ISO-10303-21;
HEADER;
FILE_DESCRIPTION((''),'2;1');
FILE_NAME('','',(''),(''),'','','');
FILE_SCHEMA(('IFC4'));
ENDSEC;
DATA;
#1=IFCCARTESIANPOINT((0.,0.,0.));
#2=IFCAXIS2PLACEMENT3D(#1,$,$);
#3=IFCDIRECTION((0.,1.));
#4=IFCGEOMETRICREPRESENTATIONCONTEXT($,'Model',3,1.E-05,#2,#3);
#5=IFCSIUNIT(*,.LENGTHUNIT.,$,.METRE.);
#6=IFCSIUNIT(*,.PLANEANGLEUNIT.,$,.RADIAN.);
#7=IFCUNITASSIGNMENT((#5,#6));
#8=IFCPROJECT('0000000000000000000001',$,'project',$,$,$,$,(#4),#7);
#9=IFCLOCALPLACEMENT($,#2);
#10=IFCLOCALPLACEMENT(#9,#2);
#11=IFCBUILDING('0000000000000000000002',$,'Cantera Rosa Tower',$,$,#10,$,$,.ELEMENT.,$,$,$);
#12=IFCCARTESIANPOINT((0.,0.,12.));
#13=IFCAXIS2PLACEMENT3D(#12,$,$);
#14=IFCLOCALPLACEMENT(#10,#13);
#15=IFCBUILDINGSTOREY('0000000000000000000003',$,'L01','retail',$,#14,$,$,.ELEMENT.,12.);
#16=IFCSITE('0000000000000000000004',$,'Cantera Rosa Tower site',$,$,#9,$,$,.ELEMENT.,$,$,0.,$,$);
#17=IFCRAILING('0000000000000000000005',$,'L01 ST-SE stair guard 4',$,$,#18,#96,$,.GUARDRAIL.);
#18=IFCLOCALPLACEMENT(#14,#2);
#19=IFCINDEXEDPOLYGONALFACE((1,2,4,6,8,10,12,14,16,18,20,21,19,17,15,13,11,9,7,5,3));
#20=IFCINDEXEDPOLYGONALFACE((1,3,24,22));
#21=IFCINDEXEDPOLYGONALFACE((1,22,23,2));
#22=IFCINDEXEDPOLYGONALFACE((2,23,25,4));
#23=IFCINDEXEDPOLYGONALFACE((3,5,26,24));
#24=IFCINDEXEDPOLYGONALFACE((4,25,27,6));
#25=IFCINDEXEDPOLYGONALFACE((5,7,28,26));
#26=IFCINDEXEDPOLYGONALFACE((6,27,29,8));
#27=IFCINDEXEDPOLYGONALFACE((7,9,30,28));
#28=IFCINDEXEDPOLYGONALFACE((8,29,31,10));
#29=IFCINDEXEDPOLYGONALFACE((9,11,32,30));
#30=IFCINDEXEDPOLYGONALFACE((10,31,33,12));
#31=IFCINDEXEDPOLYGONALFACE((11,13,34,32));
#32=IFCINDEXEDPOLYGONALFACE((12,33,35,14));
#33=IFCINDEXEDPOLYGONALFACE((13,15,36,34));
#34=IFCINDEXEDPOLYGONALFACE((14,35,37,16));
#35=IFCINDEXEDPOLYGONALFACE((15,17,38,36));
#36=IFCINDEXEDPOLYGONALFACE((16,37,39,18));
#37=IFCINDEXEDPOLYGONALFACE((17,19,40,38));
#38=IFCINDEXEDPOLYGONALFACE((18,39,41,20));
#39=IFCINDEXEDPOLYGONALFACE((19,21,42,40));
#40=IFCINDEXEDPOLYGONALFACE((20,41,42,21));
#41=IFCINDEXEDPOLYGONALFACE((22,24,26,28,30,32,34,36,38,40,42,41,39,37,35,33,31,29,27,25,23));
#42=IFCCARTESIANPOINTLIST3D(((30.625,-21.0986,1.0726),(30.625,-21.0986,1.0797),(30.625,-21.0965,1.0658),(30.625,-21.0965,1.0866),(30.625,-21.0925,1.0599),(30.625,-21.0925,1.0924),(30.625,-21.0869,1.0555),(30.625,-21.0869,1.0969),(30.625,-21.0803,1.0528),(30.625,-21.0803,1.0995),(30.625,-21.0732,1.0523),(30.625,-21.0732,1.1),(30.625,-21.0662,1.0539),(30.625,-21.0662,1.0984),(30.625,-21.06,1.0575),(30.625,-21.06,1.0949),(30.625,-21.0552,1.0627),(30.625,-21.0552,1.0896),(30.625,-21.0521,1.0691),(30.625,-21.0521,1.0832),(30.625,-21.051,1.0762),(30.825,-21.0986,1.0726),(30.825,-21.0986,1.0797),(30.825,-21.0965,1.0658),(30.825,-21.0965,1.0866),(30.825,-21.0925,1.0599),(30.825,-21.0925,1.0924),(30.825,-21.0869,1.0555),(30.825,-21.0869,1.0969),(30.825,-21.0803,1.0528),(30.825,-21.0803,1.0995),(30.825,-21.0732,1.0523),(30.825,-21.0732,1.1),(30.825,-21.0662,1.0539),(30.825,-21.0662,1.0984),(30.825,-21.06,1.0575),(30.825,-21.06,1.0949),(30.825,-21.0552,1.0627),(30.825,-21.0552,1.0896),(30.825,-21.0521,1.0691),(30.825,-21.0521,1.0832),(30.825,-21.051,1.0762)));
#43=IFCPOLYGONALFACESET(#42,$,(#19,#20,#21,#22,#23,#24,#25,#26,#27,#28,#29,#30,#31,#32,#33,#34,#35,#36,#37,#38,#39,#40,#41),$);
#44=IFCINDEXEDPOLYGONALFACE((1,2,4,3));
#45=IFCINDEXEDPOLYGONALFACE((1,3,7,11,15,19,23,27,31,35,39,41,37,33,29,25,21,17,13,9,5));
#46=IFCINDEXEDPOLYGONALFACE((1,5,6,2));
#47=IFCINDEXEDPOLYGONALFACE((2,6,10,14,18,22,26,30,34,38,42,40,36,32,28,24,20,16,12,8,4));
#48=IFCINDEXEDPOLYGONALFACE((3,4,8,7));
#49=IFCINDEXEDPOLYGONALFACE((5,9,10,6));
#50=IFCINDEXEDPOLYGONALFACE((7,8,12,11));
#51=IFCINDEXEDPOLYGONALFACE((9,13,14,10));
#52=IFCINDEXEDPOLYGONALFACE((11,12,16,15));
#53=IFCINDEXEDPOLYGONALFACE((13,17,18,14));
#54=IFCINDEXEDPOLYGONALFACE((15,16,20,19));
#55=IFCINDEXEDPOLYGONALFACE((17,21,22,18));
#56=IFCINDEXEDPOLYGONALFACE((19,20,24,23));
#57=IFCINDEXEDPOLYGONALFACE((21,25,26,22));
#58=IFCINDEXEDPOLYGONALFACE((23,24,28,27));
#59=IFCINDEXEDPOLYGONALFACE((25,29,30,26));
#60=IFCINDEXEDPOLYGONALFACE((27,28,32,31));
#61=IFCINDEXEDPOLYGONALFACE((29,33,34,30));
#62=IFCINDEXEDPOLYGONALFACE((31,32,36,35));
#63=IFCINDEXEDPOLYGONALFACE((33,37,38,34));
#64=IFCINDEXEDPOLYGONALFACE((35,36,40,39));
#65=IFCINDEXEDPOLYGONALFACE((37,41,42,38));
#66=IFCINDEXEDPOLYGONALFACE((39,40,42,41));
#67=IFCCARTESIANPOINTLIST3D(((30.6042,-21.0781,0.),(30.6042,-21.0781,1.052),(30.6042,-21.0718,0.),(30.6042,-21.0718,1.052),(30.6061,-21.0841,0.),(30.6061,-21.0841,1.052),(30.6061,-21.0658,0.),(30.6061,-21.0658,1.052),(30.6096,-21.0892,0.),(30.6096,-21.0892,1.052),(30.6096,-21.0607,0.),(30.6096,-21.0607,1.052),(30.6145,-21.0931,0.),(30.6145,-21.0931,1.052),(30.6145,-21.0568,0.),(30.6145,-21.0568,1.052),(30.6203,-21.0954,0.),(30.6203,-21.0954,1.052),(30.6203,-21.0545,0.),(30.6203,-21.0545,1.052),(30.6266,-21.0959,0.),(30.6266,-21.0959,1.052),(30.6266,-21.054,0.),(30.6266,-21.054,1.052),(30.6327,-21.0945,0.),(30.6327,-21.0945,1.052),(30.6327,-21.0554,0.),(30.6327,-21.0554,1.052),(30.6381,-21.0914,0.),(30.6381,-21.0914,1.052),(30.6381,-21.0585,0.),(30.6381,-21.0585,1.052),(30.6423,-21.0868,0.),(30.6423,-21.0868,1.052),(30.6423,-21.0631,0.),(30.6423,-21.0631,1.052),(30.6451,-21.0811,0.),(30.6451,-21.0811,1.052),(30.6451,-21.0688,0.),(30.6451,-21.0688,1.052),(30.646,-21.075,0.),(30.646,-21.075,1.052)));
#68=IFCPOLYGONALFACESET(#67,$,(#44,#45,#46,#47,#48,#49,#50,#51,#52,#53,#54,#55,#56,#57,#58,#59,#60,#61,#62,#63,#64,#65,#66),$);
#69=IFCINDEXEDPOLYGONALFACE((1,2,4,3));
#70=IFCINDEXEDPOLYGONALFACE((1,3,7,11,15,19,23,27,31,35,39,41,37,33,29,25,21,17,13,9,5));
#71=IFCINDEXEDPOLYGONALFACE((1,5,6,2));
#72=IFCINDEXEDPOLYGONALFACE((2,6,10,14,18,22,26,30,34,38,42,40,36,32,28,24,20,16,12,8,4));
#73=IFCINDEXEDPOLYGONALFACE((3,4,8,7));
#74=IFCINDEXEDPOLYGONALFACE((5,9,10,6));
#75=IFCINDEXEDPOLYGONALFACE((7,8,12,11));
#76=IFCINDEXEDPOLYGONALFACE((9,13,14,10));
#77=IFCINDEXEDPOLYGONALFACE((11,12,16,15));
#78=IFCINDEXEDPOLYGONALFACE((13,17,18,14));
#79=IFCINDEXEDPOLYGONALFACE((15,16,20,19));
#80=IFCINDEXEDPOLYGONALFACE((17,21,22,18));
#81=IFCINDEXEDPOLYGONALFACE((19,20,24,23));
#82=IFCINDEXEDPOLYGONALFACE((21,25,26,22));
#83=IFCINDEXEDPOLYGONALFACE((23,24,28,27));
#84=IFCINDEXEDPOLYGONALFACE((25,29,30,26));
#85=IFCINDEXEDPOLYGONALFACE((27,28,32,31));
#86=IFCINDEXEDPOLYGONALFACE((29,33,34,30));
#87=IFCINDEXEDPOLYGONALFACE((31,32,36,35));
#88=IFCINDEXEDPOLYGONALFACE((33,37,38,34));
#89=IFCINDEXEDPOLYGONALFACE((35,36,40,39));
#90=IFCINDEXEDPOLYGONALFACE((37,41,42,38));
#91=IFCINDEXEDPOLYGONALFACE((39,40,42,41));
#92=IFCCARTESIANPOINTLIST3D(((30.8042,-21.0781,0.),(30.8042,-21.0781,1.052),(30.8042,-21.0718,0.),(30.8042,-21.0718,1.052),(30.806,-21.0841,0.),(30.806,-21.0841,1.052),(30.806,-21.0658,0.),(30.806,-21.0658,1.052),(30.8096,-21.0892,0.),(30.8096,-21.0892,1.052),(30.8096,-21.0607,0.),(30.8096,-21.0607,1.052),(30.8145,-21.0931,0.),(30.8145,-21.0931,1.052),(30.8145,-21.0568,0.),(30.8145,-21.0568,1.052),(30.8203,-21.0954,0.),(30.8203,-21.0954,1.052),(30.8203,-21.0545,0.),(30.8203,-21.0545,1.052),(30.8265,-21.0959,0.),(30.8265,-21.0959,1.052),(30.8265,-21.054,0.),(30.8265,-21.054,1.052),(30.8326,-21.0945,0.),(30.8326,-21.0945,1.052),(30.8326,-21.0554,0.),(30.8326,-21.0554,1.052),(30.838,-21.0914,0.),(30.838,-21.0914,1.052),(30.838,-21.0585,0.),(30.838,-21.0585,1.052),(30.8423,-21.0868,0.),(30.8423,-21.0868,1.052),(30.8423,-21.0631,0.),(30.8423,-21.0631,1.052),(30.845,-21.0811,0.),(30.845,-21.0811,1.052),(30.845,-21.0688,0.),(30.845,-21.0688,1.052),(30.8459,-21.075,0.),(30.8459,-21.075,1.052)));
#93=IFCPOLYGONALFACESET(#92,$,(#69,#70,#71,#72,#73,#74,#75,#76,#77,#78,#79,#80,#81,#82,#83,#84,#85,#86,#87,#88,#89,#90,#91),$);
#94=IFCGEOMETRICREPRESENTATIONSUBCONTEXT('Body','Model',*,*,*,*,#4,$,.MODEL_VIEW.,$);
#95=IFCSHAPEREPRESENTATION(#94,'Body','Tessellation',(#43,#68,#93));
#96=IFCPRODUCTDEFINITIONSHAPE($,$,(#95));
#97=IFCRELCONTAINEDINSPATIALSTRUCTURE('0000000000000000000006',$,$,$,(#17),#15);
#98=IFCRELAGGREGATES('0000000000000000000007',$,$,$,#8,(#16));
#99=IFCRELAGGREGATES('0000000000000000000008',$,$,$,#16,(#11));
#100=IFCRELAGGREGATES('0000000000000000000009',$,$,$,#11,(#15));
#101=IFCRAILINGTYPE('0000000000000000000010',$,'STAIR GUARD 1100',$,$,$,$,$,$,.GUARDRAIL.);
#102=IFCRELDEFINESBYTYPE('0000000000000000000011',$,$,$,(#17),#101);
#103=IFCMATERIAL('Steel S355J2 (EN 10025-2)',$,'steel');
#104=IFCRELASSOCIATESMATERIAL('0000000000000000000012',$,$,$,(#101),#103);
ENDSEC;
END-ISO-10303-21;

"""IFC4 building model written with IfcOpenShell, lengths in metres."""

from ifc_helpers import new_model, si_unit, direction, frame, origin, origin_2d, place, context, subcontext, project, spatial, circle, extrude, material, type_object, element, save


model = new_model("IFC4")

# Units and contexts
model_context = context("Model", 3, precision=1e-05, world=origin(), true_north=direction((0.0, 1.0)))
body_context = subcontext(model_context, "Body", "Model", "MODEL_VIEW")
ifc_project = project(units=[si_unit("LENGTHUNIT", "METRE"), si_unit("PLANEANGLEUNIT", "RADIAN")], contexts=[model_context])

# Site, building, storey
site_placement = place(None, origin())
site = spatial("IfcSite", under=ifc_project, at=site_placement, Name="Cantera Rosa Tower site", CompositionType="ELEMENT", RefElevation=0.0)
building_placement = place(site_placement, origin())
building = spatial("IfcBuilding", under=site, at=building_placement, Name="Cantera Rosa Tower", CompositionType="ELEMENT")
storey_placement = place(building_placement, frame((0.0, 0.0, 12.0)))
storey = spatial("IfcBuildingStorey", under=building, at=storey_placement, Name="L01", Description="retail", CompositionType="ELEMENT", Elevation=12.0)

# Railing
ifc_material_1 = material(Name="Steel S355J2 (EN 10025-2)", Category="steel")
railing_type_1 = type_object("IfcRailingType", Name="STAIR GUARD 1100", PredefinedType="GUARDRAIL", material=ifc_material_1)
railing_1_placement = place(storey_placement, frame((30.625, -21.075, 0.0)))
element("IfcRailing", 1, at=railing_1_placement, inside=storey, type_object=railing_type_1, Name="L01 ST-SE stair guard 4", PredefinedType="GUARDRAIL", context=body_context, shape_type="SweptSolid", body=[
    extrude(circle(Radius=0.0239, at=origin_2d()), frame((0.0, 0.0, 1.0762), z_axis=(1.0, 0.0, 0.0), x_axis=(0.0, 1.0, 0.0)), (0.0, 0.0, 1.0), 0.2),
    extrude(circle(Radius=0.021, at=origin_2d()), origin(), (0.0, 0.0, 1.0), 1.052),
    extrude(circle(Radius=0.021, at=origin_2d()), frame((0.2, 0.0, 0.0)), (0.0, 0.0, 1.0), 1.052),
])

save(model, "model.ifc")
